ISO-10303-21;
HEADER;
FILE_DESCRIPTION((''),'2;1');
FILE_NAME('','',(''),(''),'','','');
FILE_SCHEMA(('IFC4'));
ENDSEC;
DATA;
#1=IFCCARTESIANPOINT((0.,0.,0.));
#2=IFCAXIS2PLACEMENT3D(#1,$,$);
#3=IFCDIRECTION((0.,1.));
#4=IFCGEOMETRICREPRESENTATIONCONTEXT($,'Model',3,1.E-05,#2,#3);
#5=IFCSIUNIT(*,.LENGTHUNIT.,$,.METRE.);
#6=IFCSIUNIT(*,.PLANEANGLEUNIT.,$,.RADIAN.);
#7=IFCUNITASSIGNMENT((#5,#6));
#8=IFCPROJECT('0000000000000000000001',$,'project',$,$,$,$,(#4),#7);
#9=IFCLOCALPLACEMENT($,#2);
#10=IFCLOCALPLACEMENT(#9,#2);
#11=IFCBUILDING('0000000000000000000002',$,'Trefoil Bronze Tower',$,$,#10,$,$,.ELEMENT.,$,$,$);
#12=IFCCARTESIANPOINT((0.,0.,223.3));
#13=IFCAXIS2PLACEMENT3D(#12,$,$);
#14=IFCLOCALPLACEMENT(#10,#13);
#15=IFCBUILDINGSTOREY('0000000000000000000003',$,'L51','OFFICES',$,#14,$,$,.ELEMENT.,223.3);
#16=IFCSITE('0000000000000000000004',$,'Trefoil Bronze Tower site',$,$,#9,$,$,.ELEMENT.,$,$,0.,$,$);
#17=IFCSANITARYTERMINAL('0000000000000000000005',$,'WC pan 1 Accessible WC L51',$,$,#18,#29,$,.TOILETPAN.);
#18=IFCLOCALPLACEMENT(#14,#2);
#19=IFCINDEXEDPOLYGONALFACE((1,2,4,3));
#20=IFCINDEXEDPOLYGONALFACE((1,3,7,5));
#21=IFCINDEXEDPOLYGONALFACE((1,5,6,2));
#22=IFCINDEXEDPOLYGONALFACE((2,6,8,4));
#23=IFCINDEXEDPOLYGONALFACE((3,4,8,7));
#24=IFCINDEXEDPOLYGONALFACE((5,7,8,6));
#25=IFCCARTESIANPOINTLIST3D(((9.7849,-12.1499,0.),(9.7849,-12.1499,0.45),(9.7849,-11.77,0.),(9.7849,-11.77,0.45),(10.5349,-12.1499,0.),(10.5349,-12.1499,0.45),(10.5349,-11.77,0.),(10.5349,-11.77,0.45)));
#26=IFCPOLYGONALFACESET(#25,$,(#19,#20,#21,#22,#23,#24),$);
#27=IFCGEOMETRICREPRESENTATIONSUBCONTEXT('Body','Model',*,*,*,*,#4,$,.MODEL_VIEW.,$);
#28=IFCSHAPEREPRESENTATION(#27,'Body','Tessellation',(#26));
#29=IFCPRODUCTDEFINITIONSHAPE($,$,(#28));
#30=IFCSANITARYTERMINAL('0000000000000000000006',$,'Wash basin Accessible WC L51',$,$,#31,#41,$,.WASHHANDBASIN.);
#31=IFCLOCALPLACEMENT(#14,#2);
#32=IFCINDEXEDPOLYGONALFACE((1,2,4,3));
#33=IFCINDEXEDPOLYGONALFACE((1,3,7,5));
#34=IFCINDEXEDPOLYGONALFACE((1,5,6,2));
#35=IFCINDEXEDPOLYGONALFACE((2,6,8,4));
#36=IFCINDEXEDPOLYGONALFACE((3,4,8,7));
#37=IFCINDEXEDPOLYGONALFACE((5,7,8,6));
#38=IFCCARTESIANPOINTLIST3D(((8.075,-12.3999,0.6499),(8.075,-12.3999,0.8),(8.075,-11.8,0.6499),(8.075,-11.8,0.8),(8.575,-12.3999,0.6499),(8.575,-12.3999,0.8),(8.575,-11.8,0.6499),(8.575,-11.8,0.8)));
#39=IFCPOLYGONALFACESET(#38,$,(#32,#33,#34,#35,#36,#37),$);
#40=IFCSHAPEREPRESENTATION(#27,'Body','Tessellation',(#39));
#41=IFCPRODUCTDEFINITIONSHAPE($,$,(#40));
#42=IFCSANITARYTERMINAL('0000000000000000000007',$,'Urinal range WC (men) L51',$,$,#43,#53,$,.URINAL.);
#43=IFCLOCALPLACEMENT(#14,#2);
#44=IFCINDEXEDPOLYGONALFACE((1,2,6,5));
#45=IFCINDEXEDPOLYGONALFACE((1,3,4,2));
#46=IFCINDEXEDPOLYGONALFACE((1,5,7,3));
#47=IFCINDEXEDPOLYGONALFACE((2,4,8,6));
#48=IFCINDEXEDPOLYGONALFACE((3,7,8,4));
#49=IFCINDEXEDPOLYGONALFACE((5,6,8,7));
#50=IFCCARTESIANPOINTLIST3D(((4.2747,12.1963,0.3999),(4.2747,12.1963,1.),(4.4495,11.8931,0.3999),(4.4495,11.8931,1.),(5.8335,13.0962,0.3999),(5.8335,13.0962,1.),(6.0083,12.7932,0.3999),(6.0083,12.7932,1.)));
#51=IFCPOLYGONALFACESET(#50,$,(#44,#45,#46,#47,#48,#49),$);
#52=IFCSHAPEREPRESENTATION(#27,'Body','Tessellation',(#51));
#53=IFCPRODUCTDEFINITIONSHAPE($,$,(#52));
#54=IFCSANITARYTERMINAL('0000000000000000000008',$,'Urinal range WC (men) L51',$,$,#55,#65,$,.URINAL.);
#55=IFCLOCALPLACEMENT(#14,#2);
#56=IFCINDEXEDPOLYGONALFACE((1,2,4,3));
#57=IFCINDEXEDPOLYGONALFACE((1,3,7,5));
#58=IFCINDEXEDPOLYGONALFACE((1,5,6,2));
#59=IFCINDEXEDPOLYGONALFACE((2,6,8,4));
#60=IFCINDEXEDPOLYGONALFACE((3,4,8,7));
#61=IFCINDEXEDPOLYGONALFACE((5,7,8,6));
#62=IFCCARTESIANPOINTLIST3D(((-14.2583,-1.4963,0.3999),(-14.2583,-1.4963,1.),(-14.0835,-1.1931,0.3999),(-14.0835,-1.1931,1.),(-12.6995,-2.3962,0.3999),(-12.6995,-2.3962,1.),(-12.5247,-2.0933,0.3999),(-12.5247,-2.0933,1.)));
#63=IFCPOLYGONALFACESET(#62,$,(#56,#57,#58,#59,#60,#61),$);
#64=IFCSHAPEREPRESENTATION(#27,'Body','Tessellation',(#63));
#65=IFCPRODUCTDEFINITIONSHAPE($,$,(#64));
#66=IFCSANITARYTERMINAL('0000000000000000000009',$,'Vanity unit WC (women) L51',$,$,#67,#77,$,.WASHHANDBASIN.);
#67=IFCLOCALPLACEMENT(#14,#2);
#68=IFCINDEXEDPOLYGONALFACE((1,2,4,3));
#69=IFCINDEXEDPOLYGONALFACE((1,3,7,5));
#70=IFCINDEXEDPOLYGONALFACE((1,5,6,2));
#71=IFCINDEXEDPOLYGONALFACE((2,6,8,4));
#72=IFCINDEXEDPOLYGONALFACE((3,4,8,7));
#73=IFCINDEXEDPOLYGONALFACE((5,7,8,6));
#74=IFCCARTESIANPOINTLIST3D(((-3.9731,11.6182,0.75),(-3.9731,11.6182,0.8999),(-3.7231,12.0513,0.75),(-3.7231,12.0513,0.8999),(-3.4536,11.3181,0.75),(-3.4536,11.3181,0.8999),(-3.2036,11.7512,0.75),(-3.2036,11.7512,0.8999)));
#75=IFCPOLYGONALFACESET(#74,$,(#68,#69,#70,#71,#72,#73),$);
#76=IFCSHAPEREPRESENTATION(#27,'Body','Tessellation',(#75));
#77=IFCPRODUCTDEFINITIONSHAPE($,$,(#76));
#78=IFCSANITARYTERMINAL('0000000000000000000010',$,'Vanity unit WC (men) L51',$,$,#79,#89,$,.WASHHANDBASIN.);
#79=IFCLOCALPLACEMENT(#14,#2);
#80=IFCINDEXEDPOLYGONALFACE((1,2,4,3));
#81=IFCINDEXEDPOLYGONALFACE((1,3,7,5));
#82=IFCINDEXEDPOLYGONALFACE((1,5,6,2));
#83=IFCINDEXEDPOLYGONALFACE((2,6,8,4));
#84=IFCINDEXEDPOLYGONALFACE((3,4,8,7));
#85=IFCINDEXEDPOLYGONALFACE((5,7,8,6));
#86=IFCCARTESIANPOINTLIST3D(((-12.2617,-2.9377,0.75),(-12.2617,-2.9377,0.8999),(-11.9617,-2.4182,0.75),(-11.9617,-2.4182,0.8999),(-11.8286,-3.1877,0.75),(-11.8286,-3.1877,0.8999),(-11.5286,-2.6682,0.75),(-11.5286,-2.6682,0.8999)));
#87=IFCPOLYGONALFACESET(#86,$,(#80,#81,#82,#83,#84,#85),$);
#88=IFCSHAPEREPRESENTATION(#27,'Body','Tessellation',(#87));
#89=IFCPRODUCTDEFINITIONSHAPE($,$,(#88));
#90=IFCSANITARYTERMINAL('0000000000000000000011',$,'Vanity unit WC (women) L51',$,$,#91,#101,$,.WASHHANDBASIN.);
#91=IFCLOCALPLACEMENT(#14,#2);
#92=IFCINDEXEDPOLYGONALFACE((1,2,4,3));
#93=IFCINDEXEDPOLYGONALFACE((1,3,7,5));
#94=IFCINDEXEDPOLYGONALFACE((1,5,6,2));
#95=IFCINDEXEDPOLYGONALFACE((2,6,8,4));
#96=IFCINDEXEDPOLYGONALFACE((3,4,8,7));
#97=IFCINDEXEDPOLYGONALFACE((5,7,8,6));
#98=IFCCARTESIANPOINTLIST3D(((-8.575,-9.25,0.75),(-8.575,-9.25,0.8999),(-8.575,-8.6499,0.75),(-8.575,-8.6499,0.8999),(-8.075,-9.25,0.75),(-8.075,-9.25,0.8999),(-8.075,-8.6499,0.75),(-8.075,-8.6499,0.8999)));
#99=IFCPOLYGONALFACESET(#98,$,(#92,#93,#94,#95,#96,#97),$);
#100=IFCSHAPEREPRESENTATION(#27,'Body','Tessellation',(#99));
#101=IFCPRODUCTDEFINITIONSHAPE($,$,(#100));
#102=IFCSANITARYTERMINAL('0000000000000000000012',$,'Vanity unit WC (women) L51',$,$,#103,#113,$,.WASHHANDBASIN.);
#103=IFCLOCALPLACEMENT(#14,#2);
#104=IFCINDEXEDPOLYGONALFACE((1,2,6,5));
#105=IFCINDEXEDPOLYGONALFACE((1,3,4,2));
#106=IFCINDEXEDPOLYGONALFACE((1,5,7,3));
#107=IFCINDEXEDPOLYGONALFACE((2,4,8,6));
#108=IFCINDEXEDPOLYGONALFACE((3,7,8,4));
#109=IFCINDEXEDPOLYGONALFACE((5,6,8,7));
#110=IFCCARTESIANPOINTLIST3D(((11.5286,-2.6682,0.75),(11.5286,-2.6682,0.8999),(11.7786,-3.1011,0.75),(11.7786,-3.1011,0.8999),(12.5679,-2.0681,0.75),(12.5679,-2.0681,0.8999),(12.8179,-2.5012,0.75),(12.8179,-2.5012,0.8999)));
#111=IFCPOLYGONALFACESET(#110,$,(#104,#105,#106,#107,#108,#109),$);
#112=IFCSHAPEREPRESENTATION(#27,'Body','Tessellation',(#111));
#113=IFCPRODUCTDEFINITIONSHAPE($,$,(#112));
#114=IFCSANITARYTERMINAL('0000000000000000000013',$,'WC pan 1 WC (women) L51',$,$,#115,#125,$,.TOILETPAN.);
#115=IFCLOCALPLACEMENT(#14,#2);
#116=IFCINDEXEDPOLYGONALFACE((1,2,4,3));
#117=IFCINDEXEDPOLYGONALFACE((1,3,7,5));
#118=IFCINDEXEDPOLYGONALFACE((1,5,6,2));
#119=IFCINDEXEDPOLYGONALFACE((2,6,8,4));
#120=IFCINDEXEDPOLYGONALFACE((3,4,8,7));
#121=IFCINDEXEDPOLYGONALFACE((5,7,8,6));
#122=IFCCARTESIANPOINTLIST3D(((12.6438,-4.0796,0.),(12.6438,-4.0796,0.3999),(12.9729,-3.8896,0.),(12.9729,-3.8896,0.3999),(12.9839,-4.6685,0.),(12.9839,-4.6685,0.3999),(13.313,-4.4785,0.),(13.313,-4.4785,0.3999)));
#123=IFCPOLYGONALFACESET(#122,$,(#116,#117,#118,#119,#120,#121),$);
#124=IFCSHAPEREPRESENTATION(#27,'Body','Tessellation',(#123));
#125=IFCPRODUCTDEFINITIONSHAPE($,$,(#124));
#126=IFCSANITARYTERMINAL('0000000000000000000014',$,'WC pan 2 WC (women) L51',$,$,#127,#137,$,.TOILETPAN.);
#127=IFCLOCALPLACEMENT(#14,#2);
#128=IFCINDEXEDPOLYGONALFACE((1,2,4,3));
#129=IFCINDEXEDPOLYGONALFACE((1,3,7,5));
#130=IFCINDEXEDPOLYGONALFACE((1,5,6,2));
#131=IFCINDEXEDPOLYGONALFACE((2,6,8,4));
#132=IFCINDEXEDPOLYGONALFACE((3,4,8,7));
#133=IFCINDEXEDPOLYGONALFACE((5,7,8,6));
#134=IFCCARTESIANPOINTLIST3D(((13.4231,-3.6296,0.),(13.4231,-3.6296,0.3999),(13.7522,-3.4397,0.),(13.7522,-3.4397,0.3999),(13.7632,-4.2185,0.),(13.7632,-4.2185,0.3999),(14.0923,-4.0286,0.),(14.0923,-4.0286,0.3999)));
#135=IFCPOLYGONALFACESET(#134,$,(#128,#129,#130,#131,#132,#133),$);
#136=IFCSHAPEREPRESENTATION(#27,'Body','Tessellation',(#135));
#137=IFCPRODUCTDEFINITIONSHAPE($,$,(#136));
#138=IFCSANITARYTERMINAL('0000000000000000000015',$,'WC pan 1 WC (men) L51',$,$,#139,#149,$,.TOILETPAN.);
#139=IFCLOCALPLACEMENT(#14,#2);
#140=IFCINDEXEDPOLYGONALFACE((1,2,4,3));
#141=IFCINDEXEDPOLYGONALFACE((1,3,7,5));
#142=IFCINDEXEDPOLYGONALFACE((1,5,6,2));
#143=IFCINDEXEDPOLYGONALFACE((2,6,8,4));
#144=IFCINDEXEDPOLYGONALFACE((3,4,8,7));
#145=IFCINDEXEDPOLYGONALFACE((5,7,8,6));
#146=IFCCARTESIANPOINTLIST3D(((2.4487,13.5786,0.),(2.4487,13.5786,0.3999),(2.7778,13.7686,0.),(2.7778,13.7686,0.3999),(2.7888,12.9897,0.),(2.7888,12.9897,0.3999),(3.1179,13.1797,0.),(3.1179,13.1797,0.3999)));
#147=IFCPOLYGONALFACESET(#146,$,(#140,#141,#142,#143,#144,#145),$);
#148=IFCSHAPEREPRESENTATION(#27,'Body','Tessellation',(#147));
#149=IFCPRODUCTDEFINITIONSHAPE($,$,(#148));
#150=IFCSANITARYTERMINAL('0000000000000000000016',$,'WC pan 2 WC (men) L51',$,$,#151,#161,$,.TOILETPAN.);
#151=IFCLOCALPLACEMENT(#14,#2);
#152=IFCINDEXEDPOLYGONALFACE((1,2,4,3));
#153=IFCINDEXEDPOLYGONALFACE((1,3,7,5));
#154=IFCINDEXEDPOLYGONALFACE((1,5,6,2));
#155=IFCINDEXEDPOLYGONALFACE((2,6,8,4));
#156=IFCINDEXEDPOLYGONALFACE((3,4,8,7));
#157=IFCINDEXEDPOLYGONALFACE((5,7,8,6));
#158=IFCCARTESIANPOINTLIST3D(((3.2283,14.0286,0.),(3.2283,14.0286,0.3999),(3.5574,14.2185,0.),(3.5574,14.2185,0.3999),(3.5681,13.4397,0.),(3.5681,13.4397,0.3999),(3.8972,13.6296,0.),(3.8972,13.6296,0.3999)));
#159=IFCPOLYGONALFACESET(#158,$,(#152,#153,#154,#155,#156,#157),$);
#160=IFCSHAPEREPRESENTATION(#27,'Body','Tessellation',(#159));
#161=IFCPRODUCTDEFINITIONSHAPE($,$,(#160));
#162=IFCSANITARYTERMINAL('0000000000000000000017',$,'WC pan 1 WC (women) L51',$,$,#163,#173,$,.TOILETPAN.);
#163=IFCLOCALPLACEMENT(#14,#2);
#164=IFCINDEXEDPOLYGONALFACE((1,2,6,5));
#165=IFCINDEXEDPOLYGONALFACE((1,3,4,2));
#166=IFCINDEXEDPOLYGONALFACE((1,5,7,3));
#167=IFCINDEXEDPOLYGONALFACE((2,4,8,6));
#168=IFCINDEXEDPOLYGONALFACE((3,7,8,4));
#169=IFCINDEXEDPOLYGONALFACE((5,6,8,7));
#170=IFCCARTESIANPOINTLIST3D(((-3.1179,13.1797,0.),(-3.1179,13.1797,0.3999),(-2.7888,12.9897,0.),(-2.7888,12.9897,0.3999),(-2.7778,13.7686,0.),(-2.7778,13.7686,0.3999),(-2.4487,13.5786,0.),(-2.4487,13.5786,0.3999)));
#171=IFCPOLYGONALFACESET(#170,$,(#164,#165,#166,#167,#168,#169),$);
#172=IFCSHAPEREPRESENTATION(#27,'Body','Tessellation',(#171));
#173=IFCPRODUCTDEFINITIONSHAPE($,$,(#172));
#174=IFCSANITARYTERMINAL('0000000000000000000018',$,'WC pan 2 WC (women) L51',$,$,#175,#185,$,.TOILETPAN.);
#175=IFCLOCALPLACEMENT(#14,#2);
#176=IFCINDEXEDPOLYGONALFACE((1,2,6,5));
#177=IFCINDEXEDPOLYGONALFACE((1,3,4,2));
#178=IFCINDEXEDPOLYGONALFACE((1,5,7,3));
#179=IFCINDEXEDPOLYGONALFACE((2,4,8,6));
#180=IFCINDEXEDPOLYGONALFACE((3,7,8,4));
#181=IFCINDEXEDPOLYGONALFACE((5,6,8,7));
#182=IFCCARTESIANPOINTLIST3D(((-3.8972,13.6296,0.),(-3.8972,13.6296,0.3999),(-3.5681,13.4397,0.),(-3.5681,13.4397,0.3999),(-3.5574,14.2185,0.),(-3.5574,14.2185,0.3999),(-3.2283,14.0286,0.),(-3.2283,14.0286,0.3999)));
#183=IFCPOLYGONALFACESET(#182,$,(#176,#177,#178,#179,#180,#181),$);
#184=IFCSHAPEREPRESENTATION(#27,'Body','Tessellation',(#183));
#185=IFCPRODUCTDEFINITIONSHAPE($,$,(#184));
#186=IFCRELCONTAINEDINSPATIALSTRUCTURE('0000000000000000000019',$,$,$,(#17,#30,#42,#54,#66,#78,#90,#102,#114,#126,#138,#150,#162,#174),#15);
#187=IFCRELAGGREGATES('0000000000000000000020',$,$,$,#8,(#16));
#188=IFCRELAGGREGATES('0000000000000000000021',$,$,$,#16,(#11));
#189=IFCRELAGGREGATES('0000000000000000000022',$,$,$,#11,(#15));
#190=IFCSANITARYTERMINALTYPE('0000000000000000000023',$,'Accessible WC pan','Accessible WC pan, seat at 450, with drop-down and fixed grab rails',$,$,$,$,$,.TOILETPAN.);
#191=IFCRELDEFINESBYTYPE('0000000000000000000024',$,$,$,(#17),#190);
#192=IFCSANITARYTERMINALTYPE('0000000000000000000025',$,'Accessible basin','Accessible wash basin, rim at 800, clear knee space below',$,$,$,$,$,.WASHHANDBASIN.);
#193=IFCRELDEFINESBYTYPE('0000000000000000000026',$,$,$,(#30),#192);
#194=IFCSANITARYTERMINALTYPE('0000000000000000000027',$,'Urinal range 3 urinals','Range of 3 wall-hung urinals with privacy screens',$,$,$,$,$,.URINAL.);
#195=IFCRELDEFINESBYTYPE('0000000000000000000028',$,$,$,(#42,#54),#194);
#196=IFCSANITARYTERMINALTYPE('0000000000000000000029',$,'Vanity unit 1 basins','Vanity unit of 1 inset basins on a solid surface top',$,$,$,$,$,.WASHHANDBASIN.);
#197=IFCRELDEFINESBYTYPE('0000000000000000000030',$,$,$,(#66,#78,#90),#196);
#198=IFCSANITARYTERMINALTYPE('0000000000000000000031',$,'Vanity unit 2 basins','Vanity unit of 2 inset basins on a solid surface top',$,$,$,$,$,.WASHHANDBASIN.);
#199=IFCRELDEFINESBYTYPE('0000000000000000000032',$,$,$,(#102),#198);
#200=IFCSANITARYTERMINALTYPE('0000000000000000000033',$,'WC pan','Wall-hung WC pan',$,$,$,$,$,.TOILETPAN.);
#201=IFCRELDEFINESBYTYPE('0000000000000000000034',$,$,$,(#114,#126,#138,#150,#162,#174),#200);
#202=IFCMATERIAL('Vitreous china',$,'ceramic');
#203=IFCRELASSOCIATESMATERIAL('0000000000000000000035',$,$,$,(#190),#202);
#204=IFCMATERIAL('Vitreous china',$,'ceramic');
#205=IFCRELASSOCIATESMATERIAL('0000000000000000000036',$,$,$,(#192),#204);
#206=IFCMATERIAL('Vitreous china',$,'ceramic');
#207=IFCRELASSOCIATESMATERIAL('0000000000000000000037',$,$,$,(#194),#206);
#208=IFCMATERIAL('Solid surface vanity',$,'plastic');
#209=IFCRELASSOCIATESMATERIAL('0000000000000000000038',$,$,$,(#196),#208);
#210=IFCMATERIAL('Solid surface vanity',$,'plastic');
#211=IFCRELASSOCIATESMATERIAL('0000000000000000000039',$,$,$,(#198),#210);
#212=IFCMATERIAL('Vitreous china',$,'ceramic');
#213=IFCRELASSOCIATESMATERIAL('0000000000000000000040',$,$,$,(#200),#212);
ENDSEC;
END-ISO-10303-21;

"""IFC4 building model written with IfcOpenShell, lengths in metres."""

from ifc_helpers import new_model, si_unit, direction, frame, origin, place, context, subcontext, project, spatial, polyline, outline, extrude, material, type_object, element, save


model = new_model("IFC4")

# Units and contexts
model_context = context("Model", 3, precision=1e-05, world=origin(), true_north=direction((0.0, 1.0)))
body_context = subcontext(model_context, "Body", "Model", "MODEL_VIEW")
ifc_project = project(units=[si_unit("LENGTHUNIT", "METRE"), si_unit("PLANEANGLEUNIT", "RADIAN")], contexts=[model_context])

# Site, building, storey
site_placement = place(None, origin())
site = spatial("IfcSite", under=ifc_project, at=site_placement, Name="Trefoil Bronze Tower site", CompositionType="ELEMENT", RefElevation=0.0)
building_placement = place(site_placement, origin())
building = spatial("IfcBuilding", under=site, at=building_placement, Name="Trefoil Bronze Tower", CompositionType="ELEMENT")
storey_placement = place(building_placement, frame((0.0, 0.0, 223.3)))
storey = spatial("IfcBuildingStorey", under=building, at=storey_placement, Name="L51", Description="OFFICES", CompositionType="ELEMENT", Elevation=223.3)

# Sanitary terminals
ifc_material_1 = material(Name="Vitreous china", Category="ceramic")
sanitary_terminal_type_1 = type_object("IfcSanitaryTerminalType", Name="Accessible WC pan", Description="Accessible WC pan, seat at 450, with drop-down and fixed grab rails", PredefinedType="TOILETPAN", material=ifc_material_1)
sanitary_terminal_1_placement = place(storey_placement, origin())
element("IfcSanitaryTerminal", 1, at=sanitary_terminal_1_placement, inside=storey, type_object=sanitary_terminal_type_1, Name="WC pan 1 Accessible WC L51", PredefinedType="TOILETPAN", context=body_context, shape_type="SweptSolid", body=[
    extrude(outline(polyline([(9.7849, -11.77), (10.5349, -11.77), (10.5349, -12.1499), (9.7849, -12.1499), (9.7849, -11.77)])), origin(), (0.0, 0.0, 1.0), 0.45),
])
ifc_material_2 = material(Name="Vitreous china", Category="ceramic")
sanitary_terminal_type_2 = type_object("IfcSanitaryTerminalType", Name="Accessible basin", Description="Accessible wash basin, rim at 800, clear knee space below", PredefinedType="WASHHANDBASIN", material=ifc_material_2)
sanitary_terminal_2_placement = place(storey_placement, frame((0.0, 0.0, 0.6499)))
element("IfcSanitaryTerminal", 2, at=sanitary_terminal_2_placement, inside=storey, type_object=sanitary_terminal_type_2, Name="Wash basin Accessible WC L51", PredefinedType="WASHHANDBASIN", context=body_context, shape_type="SweptSolid", body=[
    extrude(outline(polyline([(8.075, -11.8), (8.575, -11.8), (8.575, -12.3999), (8.075, -12.3999), (8.075, -11.8)])), origin(), (0.0, 0.0, 1.0), 0.1501),
])
ifc_material_3 = material(Name="Vitreous china", Category="ceramic")
sanitary_terminal_type_3 = type_object("IfcSanitaryTerminalType", Name="Urinal range 3 urinals", Description="Range of 3 wall-hung urinals with privacy screens", PredefinedType="URINAL", material=ifc_material_3)
sanitary_terminal_3_placement = place(storey_placement, frame((0.0, 0.0, 0.3999)))
element("IfcSanitaryTerminal", 3, at=sanitary_terminal_3_placement, inside=storey, type_object=sanitary_terminal_type_3, Name="Urinal range WC (men) L51", PredefinedType="URINAL", context=body_context, shape_type="SweptSolid", body=[
    extrude(outline(polyline([(4.4495, 11.8931), (4.2747, 12.1963), (5.8335, 13.0962), (6.0083, 12.7932), (4.4495, 11.8931)])), origin(), (0.0, 0.0, 1.0), 0.6001),
])
sanitary_terminal_4_placement = place(storey_placement, frame((0.0, 0.0, 0.3999)))
element("IfcSanitaryTerminal", 4, at=sanitary_terminal_4_placement, inside=storey, type_object=sanitary_terminal_type_3, Name="Urinal range WC (men) L51", PredefinedType="URINAL", context=body_context, shape_type="SweptSolid", body=[
    extrude(outline(polyline([(-12.5247, -2.0933), (-12.6995, -2.3962), (-14.2583, -1.4963), (-14.0835, -1.1931), (-12.5247, -2.0933)])), origin(), (0.0, 0.0, 1.0), 0.6001),
])
ifc_material_4 = material(Name="Solid surface vanity", Category="plastic")
sanitary_terminal_type_4 = type_object("IfcSanitaryTerminalType", Name="Vanity unit 1 basins", Description="Vanity unit of 1 inset basins on a solid surface top", PredefinedType="WASHHANDBASIN", material=ifc_material_4)
sanitary_terminal_5_placement = place(storey_placement, frame((0.0, 0.0, 0.75)))
element("IfcSanitaryTerminal", 5, at=sanitary_terminal_5_placement, inside=storey, type_object=sanitary_terminal_type_4, Name="Vanity unit WC (women) L51", PredefinedType="WASHHANDBASIN", context=body_context, shape_type="SweptSolid", body=[
    extrude(outline(polyline([(-3.4536, 11.3181), (-3.2036, 11.7512), (-3.7231, 12.0513), (-3.9731, 11.6182), (-3.4536, 11.3181)])), origin(), (0.0, 0.0, 1.0), 0.1499),
])
sanitary_terminal_6_placement = place(storey_placement, frame((0.0, 0.0, 0.75)))
element("IfcSanitaryTerminal", 6, at=sanitary_terminal_6_placement, inside=storey, type_object=sanitary_terminal_type_4, Name="Vanity unit WC (men) L51", PredefinedType="WASHHANDBASIN", context=body_context, shape_type="SweptSolid", body=[
    extrude(outline(polyline([(-11.5286, -2.6682), (-11.8286, -3.1877), (-12.2617, -2.9377), (-11.9617, -2.4182), (-11.5286, -2.6682)])), origin(), (0.0, 0.0, 1.0), 0.1499),
])
sanitary_terminal_7_placement = place(storey_placement, frame((0.0, 0.0, 0.75)))
element("IfcSanitaryTerminal", 7, at=sanitary_terminal_7_placement, inside=storey, type_object=sanitary_terminal_type_4, Name="Vanity unit WC (women) L51", PredefinedType="WASHHANDBASIN", context=body_context, shape_type="SweptSolid", body=[
    extrude(outline(polyline([(-8.075, -8.6499), (-8.575, -8.6499), (-8.575, -9.25), (-8.075, -9.25), (-8.075, -8.6499)])), origin(), (0.0, 0.0, 1.0), 0.1499),
])
ifc_material_5 = material(Name="Solid surface vanity", Category="plastic")
sanitary_terminal_type_5 = type_object("IfcSanitaryTerminalType", Name="Vanity unit 2 basins", Description="Vanity unit of 2 inset basins on a solid surface top", PredefinedType="WASHHANDBASIN", material=ifc_material_5)
sanitary_terminal_8_placement = place(storey_placement, frame((0.0, 0.0, 0.75)))
element("IfcSanitaryTerminal", 8, at=sanitary_terminal_8_placement, inside=storey, type_object=sanitary_terminal_type_5, Name="Vanity unit WC (women) L51", PredefinedType="WASHHANDBASIN", context=body_context, shape_type="SweptSolid", body=[
    extrude(outline(polyline([(11.5286, -2.6682), (11.7786, -3.1011), (12.8179, -2.5012), (12.5679, -2.0681), (11.5286, -2.6682)])), origin(), (0.0, 0.0, 1.0), 0.1499),
])
ifc_material_6 = material(Name="Vitreous china", Category="ceramic")
sanitary_terminal_type_6 = type_object("IfcSanitaryTerminalType", Name="WC pan", Description="Wall-hung WC pan", PredefinedType="TOILETPAN", material=ifc_material_6)
sanitary_terminal_9_placement = place(storey_placement, origin())
element("IfcSanitaryTerminal", 9, at=sanitary_terminal_9_placement, inside=storey, type_object=sanitary_terminal_type_6, Name="WC pan 1 WC (women) L51", PredefinedType="TOILETPAN", context=body_context, shape_type="SweptSolid", body=[
    extrude(outline(polyline([(12.6438, -4.0796), (12.9839, -4.6685), (13.313, -4.4785), (12.9729, -3.8896), (12.6438, -4.0796)])), origin(), (0.0, 0.0, 1.0), 0.3999),
])
sanitary_terminal_10_placement = place(storey_placement, origin())
element("IfcSanitaryTerminal", 10, at=sanitary_terminal_10_placement, inside=storey, type_object=sanitary_terminal_type_6, Name="WC pan 2 WC (women) L51", PredefinedType="TOILETPAN", context=body_context, shape_type="SweptSolid", body=[
    extrude(outline(polyline([(13.4231, -3.6296), (13.7632, -4.2185), (14.0923, -4.0286), (13.7522, -3.4397), (13.4231, -3.6296)])), origin(), (0.0, 0.0, 1.0), 0.3999),
])
sanitary_terminal_11_placement = place(storey_placement, origin())
element("IfcSanitaryTerminal", 11, at=sanitary_terminal_11_placement, inside=storey, type_object=sanitary_terminal_type_6, Name="WC pan 1 WC (men) L51", PredefinedType="TOILETPAN", context=body_context, shape_type="SweptSolid", body=[
    extrude(outline(polyline([(2.7888, 12.9897), (2.4487, 13.5786), (2.7778, 13.7686), (3.1179, 13.1797), (2.7888, 12.9897)])), origin(), (0.0, 0.0, 1.0), 0.3999),
])
sanitary_terminal_12_placement = place(storey_placement, origin())
element("IfcSanitaryTerminal", 12, at=sanitary_terminal_12_placement, inside=storey, type_object=sanitary_terminal_type_6, Name="WC pan 2 WC (men) L51", PredefinedType="TOILETPAN", context=body_context, shape_type="SweptSolid", body=[
    extrude(outline(polyline([(3.5681, 13.4397), (3.2283, 14.0286), (3.5574, 14.2185), (3.8972, 13.6296), (3.5681, 13.4397)])), origin(), (0.0, 0.0, 1.0), 0.3999),
])
sanitary_terminal_13_placement = place(storey_placement, origin())
element("IfcSanitaryTerminal", 13, at=sanitary_terminal_13_placement, inside=storey, type_object=sanitary_terminal_type_6, Name="WC pan 1 WC (women) L51", PredefinedType="TOILETPAN", context=body_context, shape_type="SweptSolid", body=[
    extrude(outline(polyline([(-2.7888, 12.9897), (-2.4487, 13.5786), (-2.7778, 13.7686), (-3.1179, 13.1797), (-2.7888, 12.9897)])), origin(), (0.0, 0.0, 1.0), 0.3999),
])
sanitary_terminal_14_placement = place(storey_placement, origin())
element("IfcSanitaryTerminal", 14, at=sanitary_terminal_14_placement, inside=storey, type_object=sanitary_terminal_type_6, Name="WC pan 2 WC (women) L51", PredefinedType="TOILETPAN", context=body_context, shape_type="SweptSolid", body=[
    extrude(outline(polyline([(-3.5681, 13.4397), (-3.2283, 14.0286), (-3.5574, 14.2185), (-3.8972, 13.6296), (-3.5681, 13.4397)])), origin(), (0.0, 0.0, 1.0), 0.3999),
])

save(model, "model.ifc")
